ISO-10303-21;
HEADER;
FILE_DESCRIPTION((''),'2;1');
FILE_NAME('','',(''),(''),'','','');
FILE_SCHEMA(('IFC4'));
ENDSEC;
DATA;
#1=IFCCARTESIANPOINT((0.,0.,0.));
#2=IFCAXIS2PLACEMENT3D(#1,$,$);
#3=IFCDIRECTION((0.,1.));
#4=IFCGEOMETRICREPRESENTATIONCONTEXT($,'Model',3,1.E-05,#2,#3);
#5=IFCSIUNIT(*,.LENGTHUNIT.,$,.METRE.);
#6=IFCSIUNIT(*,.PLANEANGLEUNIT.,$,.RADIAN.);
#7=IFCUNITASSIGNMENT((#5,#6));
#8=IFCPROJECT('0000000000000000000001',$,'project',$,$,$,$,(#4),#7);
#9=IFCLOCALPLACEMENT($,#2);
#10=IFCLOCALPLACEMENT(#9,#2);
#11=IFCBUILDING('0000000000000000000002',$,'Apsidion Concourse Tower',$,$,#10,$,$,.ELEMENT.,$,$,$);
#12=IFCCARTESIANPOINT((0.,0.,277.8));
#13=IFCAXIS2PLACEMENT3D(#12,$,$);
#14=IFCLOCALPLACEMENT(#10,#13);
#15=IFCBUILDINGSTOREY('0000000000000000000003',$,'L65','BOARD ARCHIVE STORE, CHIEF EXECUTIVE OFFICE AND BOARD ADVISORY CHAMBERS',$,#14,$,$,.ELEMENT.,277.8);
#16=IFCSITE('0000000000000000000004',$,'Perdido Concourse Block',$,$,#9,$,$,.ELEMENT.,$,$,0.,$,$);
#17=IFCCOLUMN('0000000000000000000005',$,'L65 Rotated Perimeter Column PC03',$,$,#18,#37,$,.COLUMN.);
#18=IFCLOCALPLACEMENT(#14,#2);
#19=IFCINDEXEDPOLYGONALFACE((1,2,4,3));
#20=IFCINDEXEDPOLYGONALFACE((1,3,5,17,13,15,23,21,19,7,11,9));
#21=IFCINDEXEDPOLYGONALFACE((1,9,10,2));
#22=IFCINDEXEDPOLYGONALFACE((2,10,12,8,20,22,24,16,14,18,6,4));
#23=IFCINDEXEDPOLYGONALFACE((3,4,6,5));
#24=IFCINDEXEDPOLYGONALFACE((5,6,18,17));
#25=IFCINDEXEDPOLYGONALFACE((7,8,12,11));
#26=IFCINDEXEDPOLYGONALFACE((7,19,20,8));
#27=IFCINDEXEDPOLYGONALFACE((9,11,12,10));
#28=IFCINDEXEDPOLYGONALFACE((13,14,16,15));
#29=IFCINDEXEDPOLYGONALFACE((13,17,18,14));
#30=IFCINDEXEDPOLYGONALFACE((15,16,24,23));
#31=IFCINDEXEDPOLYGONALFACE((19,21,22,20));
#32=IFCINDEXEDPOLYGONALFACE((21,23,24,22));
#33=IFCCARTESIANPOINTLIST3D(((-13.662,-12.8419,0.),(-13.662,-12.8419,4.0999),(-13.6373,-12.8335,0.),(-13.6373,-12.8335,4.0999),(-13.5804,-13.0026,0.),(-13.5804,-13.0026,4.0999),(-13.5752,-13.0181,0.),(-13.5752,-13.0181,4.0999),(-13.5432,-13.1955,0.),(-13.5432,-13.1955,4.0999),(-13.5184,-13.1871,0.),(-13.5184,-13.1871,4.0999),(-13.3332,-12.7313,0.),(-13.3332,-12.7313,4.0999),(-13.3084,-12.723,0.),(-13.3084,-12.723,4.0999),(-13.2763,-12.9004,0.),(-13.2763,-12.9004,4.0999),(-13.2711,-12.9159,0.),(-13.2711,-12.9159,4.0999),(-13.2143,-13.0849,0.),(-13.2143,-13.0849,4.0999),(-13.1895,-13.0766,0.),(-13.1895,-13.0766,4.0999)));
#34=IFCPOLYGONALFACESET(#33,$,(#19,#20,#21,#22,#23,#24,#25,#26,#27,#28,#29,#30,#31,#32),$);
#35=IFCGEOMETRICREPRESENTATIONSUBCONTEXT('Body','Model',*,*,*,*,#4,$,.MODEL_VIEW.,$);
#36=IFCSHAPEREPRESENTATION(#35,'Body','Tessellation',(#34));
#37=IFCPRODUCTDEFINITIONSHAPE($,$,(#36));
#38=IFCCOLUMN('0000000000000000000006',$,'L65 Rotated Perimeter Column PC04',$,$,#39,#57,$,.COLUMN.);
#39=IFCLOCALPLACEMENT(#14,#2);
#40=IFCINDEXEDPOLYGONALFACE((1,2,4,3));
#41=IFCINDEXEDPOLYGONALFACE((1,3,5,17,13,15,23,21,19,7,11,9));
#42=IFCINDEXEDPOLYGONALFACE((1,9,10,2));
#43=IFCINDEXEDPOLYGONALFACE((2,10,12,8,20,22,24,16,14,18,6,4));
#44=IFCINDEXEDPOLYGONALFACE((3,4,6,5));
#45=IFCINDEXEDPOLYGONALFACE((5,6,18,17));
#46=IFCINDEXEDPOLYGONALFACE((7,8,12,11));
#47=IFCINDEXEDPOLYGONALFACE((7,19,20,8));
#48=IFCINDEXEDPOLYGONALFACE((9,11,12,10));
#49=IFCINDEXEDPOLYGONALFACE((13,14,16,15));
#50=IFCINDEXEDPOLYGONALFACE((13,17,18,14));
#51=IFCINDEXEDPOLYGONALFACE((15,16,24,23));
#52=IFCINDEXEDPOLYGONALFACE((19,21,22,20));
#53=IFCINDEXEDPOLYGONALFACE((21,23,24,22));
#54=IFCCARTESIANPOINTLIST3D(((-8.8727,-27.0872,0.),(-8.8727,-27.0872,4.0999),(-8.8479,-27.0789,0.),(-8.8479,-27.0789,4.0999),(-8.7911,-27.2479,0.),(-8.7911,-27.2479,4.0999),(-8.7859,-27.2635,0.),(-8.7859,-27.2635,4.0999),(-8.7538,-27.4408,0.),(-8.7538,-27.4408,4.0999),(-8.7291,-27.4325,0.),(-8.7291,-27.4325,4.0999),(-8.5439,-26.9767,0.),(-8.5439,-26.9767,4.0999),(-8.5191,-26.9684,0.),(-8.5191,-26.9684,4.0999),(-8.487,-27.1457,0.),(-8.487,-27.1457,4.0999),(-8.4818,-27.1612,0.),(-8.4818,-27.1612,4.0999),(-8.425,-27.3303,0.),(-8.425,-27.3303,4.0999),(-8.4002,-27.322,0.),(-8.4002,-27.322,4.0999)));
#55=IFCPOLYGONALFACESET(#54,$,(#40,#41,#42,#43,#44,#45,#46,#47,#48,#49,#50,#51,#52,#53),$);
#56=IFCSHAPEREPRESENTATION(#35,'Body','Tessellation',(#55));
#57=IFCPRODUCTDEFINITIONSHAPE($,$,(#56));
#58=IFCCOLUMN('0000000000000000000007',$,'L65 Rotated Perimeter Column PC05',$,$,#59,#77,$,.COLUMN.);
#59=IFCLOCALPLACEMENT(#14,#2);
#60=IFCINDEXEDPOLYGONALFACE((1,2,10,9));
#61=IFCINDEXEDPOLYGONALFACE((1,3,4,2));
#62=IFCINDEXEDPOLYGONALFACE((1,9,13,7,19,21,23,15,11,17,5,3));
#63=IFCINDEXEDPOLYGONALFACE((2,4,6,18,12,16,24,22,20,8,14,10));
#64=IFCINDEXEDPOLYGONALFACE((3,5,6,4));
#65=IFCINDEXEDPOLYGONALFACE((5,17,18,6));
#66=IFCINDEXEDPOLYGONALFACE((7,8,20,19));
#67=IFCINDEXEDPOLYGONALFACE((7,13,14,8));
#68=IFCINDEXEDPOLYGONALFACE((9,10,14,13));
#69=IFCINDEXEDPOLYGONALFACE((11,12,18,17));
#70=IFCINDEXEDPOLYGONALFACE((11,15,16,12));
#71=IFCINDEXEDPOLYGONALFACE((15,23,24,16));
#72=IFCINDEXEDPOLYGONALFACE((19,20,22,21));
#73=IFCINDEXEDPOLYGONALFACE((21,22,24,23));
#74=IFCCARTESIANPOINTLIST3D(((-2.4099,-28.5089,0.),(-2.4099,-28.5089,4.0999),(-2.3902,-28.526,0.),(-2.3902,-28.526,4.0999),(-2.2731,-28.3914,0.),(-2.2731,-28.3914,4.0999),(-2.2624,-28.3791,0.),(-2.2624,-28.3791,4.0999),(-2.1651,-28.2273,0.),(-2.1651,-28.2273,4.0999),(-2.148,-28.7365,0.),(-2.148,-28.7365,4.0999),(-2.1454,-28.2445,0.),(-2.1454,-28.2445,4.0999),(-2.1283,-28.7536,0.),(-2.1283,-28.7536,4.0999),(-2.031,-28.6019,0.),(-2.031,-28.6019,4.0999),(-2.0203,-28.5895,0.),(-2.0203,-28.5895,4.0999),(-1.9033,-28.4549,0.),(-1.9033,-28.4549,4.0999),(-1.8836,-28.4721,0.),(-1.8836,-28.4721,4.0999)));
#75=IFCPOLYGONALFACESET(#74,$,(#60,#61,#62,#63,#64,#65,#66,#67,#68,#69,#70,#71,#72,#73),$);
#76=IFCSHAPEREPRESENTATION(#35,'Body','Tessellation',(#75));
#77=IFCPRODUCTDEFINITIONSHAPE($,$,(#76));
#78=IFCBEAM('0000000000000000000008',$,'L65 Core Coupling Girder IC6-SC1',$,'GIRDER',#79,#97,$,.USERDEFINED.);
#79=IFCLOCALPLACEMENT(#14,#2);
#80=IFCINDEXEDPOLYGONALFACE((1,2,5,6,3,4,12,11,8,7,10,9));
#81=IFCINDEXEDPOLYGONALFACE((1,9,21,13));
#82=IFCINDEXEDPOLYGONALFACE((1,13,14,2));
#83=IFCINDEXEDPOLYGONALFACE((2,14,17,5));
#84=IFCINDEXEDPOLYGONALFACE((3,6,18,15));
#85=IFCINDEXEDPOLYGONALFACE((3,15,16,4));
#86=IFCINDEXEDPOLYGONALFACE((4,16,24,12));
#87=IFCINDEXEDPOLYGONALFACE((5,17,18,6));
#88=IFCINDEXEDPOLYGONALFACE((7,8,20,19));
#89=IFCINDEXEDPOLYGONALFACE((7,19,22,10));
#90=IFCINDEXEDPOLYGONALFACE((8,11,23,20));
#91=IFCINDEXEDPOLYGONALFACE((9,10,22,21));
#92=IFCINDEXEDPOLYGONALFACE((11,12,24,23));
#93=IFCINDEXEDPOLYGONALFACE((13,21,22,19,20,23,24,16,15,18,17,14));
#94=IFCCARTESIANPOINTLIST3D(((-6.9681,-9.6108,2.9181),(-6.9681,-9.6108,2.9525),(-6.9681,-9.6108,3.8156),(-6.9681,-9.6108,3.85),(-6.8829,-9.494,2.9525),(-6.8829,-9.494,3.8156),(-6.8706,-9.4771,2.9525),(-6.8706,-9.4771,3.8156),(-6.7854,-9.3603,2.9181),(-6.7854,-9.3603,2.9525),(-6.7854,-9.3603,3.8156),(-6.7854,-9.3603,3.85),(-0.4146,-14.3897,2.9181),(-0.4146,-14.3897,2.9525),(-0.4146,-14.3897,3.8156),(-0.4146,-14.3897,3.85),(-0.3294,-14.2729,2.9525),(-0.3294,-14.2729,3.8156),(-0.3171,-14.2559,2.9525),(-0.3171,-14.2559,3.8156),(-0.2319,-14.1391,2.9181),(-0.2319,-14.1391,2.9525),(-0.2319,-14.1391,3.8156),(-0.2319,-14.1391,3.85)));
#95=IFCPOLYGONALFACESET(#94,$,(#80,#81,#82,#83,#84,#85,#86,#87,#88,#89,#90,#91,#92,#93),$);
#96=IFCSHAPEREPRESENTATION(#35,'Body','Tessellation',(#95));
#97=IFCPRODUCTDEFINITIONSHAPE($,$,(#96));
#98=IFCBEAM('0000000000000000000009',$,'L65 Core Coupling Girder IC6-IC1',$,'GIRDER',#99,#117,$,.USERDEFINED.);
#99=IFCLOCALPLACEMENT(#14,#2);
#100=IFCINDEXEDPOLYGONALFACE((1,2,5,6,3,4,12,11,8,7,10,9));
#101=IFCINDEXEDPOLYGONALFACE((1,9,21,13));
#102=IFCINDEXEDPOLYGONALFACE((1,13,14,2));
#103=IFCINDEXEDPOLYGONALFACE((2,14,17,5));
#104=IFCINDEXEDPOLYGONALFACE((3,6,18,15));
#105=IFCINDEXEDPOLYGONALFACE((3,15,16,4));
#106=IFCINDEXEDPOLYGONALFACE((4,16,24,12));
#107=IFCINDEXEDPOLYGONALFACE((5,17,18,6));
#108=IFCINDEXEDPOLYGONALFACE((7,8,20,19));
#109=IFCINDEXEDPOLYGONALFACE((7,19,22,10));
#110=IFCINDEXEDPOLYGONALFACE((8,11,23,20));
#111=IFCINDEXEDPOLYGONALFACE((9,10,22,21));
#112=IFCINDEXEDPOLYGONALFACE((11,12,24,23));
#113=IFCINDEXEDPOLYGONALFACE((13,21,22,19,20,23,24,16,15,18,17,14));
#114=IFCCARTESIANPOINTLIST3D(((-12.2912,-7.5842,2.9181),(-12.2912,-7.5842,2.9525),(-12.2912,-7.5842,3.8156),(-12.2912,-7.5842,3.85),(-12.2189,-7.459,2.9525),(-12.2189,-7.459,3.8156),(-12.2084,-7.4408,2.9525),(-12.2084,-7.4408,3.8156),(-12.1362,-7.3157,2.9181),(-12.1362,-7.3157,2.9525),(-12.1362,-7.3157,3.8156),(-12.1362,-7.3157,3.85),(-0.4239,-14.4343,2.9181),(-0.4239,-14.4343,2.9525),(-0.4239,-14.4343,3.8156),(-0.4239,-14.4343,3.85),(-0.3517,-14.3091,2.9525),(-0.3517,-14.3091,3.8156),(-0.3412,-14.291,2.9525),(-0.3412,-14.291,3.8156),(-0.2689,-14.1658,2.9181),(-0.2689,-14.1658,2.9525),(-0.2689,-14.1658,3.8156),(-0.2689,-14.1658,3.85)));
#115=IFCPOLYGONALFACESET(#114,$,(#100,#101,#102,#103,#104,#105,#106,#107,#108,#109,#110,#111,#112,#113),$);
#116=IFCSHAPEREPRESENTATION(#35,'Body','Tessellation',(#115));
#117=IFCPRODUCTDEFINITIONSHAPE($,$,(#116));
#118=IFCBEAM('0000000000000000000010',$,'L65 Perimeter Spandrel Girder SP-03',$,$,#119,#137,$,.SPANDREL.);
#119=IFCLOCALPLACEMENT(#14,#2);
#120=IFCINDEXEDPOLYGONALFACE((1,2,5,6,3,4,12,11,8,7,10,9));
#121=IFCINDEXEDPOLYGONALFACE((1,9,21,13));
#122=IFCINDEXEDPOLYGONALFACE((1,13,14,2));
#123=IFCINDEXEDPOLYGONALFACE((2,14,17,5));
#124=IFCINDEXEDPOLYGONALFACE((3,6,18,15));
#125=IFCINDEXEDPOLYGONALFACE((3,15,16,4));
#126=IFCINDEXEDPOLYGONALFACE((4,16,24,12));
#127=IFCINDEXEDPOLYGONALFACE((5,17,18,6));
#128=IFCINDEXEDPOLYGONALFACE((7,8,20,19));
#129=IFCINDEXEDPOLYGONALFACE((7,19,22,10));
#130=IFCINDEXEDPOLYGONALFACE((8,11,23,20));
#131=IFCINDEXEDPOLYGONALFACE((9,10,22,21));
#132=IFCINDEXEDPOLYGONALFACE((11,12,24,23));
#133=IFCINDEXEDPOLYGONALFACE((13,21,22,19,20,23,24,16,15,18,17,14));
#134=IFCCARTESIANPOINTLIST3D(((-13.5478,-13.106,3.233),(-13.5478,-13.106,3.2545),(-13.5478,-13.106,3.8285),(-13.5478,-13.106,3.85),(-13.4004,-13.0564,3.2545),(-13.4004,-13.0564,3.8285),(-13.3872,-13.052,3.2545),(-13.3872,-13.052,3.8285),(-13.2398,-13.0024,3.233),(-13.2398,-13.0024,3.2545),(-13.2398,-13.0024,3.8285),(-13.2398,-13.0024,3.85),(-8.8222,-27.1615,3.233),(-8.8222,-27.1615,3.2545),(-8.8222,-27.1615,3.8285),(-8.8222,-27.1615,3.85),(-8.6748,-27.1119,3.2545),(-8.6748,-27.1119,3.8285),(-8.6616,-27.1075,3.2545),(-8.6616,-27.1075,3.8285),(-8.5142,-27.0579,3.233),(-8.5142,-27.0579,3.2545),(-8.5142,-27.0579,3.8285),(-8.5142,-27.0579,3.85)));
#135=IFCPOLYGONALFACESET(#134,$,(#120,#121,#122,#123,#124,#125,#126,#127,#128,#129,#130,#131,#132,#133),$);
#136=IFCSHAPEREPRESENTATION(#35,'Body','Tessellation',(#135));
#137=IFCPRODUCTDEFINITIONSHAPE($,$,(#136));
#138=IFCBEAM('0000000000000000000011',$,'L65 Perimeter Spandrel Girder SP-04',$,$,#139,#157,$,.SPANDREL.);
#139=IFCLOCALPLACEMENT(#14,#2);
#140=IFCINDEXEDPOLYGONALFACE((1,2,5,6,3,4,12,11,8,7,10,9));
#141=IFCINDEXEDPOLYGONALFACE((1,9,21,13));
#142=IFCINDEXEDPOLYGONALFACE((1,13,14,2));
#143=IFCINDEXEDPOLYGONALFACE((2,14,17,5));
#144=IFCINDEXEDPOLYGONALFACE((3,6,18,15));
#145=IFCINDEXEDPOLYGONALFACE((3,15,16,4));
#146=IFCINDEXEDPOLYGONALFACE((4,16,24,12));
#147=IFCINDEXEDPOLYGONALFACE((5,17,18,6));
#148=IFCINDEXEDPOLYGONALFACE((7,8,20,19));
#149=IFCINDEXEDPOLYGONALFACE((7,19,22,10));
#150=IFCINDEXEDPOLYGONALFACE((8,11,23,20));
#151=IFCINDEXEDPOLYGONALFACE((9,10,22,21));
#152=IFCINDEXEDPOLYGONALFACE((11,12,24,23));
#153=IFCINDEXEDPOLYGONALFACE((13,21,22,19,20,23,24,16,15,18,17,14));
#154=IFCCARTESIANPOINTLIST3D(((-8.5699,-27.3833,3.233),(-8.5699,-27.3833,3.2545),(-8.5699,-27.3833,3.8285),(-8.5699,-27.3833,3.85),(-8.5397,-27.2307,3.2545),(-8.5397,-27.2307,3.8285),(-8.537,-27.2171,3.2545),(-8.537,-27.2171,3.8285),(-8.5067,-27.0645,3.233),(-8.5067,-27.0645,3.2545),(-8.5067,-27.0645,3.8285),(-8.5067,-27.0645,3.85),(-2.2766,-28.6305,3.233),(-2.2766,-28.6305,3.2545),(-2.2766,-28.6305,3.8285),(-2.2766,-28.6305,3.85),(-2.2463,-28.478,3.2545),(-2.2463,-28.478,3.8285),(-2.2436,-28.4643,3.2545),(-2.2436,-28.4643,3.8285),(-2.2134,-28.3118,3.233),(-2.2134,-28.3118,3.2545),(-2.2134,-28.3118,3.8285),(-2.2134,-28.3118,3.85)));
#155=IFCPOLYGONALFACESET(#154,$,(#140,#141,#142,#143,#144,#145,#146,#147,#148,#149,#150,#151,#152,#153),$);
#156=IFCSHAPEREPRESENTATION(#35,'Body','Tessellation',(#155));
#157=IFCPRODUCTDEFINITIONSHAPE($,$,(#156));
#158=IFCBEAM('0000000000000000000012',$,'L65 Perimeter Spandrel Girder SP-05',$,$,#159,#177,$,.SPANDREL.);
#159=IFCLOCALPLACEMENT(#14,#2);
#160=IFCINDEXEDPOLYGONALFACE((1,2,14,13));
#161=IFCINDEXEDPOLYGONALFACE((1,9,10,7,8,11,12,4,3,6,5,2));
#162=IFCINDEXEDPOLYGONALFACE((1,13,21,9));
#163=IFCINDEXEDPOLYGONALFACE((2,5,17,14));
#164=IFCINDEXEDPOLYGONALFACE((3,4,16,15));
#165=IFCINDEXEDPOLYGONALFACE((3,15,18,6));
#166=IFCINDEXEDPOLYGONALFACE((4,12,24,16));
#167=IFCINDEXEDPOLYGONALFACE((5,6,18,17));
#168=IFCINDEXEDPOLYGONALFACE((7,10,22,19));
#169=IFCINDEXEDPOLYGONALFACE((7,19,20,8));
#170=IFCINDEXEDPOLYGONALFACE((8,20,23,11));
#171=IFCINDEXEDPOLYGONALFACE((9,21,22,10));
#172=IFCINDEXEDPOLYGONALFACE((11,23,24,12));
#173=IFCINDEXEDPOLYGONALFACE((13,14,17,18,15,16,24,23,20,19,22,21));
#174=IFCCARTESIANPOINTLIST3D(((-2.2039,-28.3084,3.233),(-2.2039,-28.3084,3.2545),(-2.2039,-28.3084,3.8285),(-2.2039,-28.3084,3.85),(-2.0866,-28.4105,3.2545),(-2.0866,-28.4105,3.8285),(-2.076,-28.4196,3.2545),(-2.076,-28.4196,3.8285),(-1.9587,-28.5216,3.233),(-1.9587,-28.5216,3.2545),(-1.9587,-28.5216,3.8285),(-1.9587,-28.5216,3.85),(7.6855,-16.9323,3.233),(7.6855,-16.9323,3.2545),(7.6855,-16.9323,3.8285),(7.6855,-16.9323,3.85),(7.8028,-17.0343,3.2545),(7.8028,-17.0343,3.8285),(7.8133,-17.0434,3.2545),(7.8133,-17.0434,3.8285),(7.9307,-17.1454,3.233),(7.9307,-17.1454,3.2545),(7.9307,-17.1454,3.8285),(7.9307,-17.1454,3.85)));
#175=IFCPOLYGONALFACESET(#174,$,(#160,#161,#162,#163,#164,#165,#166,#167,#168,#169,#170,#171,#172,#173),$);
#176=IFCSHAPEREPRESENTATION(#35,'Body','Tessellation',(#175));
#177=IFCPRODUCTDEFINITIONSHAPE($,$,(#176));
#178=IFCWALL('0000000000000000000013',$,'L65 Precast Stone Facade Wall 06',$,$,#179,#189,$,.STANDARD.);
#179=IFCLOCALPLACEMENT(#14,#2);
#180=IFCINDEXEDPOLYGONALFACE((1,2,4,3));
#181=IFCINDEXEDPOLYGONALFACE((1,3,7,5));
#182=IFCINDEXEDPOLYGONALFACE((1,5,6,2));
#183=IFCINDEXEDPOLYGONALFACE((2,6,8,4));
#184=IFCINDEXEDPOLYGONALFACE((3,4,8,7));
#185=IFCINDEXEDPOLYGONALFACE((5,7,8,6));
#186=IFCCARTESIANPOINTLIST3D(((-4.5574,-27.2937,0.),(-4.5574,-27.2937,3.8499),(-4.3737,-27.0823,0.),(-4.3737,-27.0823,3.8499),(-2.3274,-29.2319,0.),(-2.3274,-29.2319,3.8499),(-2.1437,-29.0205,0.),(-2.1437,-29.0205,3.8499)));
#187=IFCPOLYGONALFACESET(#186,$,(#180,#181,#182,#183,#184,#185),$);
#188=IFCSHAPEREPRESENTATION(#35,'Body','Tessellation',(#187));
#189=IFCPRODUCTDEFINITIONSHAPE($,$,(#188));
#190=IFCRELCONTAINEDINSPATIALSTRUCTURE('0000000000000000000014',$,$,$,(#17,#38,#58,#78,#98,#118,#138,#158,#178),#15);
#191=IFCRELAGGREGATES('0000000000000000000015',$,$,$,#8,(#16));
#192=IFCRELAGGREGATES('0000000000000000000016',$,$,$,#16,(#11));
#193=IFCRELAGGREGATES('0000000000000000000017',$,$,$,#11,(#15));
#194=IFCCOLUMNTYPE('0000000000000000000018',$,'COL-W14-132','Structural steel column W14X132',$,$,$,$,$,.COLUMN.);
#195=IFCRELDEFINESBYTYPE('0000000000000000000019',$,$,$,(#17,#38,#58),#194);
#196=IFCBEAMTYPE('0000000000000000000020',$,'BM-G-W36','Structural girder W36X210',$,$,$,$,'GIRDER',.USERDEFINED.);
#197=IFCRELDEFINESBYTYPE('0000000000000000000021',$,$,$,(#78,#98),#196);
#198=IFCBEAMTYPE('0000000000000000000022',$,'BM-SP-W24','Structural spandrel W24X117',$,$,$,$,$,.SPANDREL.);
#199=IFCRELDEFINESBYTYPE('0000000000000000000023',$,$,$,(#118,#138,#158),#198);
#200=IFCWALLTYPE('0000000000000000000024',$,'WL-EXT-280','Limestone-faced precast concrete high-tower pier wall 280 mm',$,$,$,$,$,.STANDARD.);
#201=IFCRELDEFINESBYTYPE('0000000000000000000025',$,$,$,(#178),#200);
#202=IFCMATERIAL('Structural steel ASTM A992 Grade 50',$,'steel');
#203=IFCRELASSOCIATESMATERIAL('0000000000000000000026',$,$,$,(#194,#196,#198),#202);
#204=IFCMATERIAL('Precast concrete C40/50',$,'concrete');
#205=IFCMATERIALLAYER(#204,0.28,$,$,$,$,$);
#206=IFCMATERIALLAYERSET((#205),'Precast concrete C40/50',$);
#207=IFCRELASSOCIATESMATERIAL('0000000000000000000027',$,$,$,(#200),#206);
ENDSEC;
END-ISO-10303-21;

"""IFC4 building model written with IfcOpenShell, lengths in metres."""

from ifc_helpers import new_model, si_unit, direction, frame, frame_2d, origin, origin_2d, place, context, subcontext, project, spatial, rectangle, i_section, extrude, material, layer, layer_set, material_profile, profile_set, type_object, element, save


model = new_model("IFC4")

# Units and contexts
model_context = context("Model", 3, precision=1e-05, world=origin(), true_north=direction((0.0, 1.0)))
body_context = subcontext(model_context, "Body", "Model", "MODEL_VIEW")
ifc_project = project(units=[si_unit("LENGTHUNIT", "METRE"), si_unit("PLANEANGLEUNIT", "RADIAN")], contexts=[model_context])

# Site, building, storey
site_placement = place(None, origin())
site = spatial("IfcSite", under=ifc_project, at=site_placement, Name="Perdido Concourse Block", CompositionType="ELEMENT", RefElevation=0.0)
building_placement = place(site_placement, origin())
building = spatial("IfcBuilding", under=site, at=building_placement, Name="Apsidion Concourse Tower", CompositionType="ELEMENT")
storey_placement = place(building_placement, frame((0.0, 0.0, 277.8)))
storey = spatial("IfcBuildingStorey", under=building, at=storey_placement, Name="L65", Description="BOARD ARCHIVE STORE, CHIEF EXECUTIVE OFFICE AND BOARD ADVISORY CHAMBERS", CompositionType="ELEMENT", Elevation=277.8)

# Columns
ifc_material_1 = material(Name="Structural steel ASTM A992 Grade 50", Category="steel")
ifc_material_profile_1 = material_profile(ifc_material_1, i_section(OverallWidth=0.373, OverallDepth=0.373, WebThickness=0.0164, FlangeThickness=0.0261, at=origin_2d()), Name="W14X132")
ifc_profile_set_1 = profile_set([ifc_material_profile_1], Name="Structural steel ASTM A992 Grade 50")
column_type = type_object("IfcColumnType", Name="COL-W14-132", Description="Structural steel column W14X132", PredefinedType="COLUMN", material=ifc_profile_set_1)
for number, where, z_axis, x_axis, name in (
    (1, (-13.4258, -12.9592, 0.0), (0.0, 0.0, 1.0), (-0.318628, 0.94788, 0.0), "L65 Rotated Perimeter Column PC03"),
    (2, (-8.6365, -27.2046, 0.0), (0.0, 0.0, 1.0), (-0.318628, 0.94788, 0.0), "L65 Rotated Perimeter Column PC04"),
    (3, (-2.1467, -28.4905, 0.0), (0.0, 0.0, 1.0), (0.656059, 0.75471, 0.0), "L65 Rotated Perimeter Column PC05"),
):
    element("IfcColumn", number, at=place(storey_placement, frame(where, z_axis=z_axis, x_axis=x_axis)), inside=storey, type_object=column_type, Name=name, PredefinedType="COLUMN", context=body_context, shape_type="SweptSolid", body=[
        extrude(i_section(OverallWidth=0.373, OverallDepth=0.373, WebThickness=0.0164, FlangeThickness=0.0261, at=origin_2d()), origin(), (0.0, 0.0, 1.0), 4.0999),
    ])

# Beams
ifc_material_profile_2 = material_profile(ifc_material_1, i_section(OverallWidth=0.3101, OverallDepth=0.9319, WebThickness=0.021, FlangeThickness=0.0344, at=origin_2d()), Name="W36X210")
ifc_profile_set_2 = profile_set([ifc_material_profile_2], Name="Structural steel ASTM A992 Grade 50")
beam_type_1 = type_object("IfcBeamType", Name="BM-G-W36", Description="Structural girder W36X210", ElementType="GIRDER", PredefinedType="USERDEFINED", material=ifc_profile_set_2)
beam_1_placement = place(storey_placement, frame((-0.3232, -14.2644, 3.384), z_axis=(-0.807993, 0.589191, 0.0), x_axis=(-0.589191, -0.807993, 0.0)))
element("IfcBeam", 4, at=beam_1_placement, inside=storey, type_object=beam_type_1, Name="L65 Core Coupling Girder IC6-SC1", ObjectType="GIRDER", PredefinedType="USERDEFINED", context=body_context, shape_type="SweptSolid", body=[
    extrude(i_section(OverallWidth=0.3101, OverallDepth=0.9319, WebThickness=0.021, FlangeThickness=0.0344, at=origin_2d()), origin(), (0.0, 0.0, 1.0), 8.1108),
])
beam_2_placement = place(storey_placement, frame((-0.3464, -14.3, 3.384), z_axis=(-0.86607, 0.499922, 0.0), x_axis=(-0.499922, -0.86607, 0.0)))
element("IfcBeam", 5, at=beam_2_placement, inside=storey, type_object=beam_type_1, Name="L65 Core Coupling Girder IC6-IC1", ObjectType="GIRDER", PredefinedType="USERDEFINED", context=body_context, shape_type="SweptSolid", body=[
    extrude(i_section(OverallWidth=0.3101, OverallDepth=0.9319, WebThickness=0.021, FlangeThickness=0.0344, at=origin_2d()), origin(), (0.0, 0.0, 1.0), 13.7024),
])
ifc_material_profile_3 = material_profile(ifc_material_1, i_section(OverallWidth=0.325, OverallDepth=0.6169, WebThickness=0.0139, FlangeThickness=0.0215, at=origin_2d()), Name="W24X117")
ifc_profile_set_3 = profile_set([ifc_material_profile_3], Name="Structural steel ASTM A992 Grade 50")
beam_type_2 = type_object("IfcBeamType", Name="BM-SP-W24", Description="Structural spandrel W24X117", PredefinedType="SPANDREL", material=ifc_profile_set_3)
beam_3_placement = place(storey_placement, frame((-13.3938, -13.0542, 3.5415), z_axis=(0.318682, -0.947862, 0.0), x_axis=(0.947862, 0.318682, 0.0)))
element("IfcBeam", 6, at=beam_3_placement, inside=storey, type_object=beam_type_2, Name="L65 Perimeter Spandrel Girder SP-03", PredefinedType="SPANDREL", context=body_context, shape_type="SweptSolid", body=[
    extrude(i_section(OverallWidth=0.325, OverallDepth=0.6169, WebThickness=0.0139, FlangeThickness=0.0215, at=origin_2d()), origin(), (0.0, 0.0, 1.0), 14.8286),
])
beam_4_placement = place(storey_placement, frame((-8.5383, -27.2239, 3.5415), z_axis=(0.98092, -0.194411, 0.0), x_axis=(0.194411, 0.98092, 0.0)))
element("IfcBeam", 7, at=beam_4_placement, inside=storey, type_object=beam_type_2, Name="L65 Perimeter Spandrel Girder SP-04", PredefinedType="SPANDREL", context=body_context, shape_type="SweptSolid", body=[
    extrude(i_section(OverallWidth=0.325, OverallDepth=0.6169, WebThickness=0.0139, FlangeThickness=0.0215, at=origin_2d()), origin(), (0.0, 0.0, 1.0), 6.4158),
])
beam_5_placement = place(storey_placement, frame((-2.0813, -28.415, 3.5415), z_axis=(0.656067, 0.754703, 0.0), x_axis=(-0.754703, 0.656067, 0.0)))
element("IfcBeam", 8, at=beam_5_placement, inside=storey, type_object=beam_type_2, Name="L65 Perimeter Spandrel Girder SP-05", PredefinedType="SPANDREL", context=body_context, shape_type="SweptSolid", body=[
    extrude(i_section(OverallWidth=0.325, OverallDepth=0.6169, WebThickness=0.0139, FlangeThickness=0.0215, at=origin_2d()), origin(), (0.0, 0.0, 1.0), 15.0737),
])

# Wall
ifc_material_2 = material(Name="Precast concrete C40/50", Category="concrete")
ifc_layer_1 = layer(ifc_material_2, 0.28)
ifc_layer_set_1 = layer_set([ifc_layer_1], Name="Precast concrete C40/50")
wall_type_1 = type_object("IfcWallType", Name="WL-EXT-280", Description="Limestone-faced precast concrete high-tower pier wall 280 mm", PredefinedType="STANDARD", material=ifc_layer_set_1)
wall_1_placement = place(storey_placement, frame((-2.2356, -29.1262, 0.0), z_axis=(0.0, 0.0, 1.0), x_axis=(-0.754753, 0.656009, 0.0)))
element("IfcWall", 9, at=wall_1_placement, inside=storey, type_object=wall_type_1, Name="L65 Precast Stone Facade Wall 06", PredefinedType="STANDARD", context=body_context, shape_type="SweptSolid", body=[
    extrude(rectangle(XDim=2.9546, YDim=0.28, at=frame_2d((1.4773, 0.0))), origin(), (0.0, 0.0, 1.0), 3.8499),
])

save(model, "model.ifc")
